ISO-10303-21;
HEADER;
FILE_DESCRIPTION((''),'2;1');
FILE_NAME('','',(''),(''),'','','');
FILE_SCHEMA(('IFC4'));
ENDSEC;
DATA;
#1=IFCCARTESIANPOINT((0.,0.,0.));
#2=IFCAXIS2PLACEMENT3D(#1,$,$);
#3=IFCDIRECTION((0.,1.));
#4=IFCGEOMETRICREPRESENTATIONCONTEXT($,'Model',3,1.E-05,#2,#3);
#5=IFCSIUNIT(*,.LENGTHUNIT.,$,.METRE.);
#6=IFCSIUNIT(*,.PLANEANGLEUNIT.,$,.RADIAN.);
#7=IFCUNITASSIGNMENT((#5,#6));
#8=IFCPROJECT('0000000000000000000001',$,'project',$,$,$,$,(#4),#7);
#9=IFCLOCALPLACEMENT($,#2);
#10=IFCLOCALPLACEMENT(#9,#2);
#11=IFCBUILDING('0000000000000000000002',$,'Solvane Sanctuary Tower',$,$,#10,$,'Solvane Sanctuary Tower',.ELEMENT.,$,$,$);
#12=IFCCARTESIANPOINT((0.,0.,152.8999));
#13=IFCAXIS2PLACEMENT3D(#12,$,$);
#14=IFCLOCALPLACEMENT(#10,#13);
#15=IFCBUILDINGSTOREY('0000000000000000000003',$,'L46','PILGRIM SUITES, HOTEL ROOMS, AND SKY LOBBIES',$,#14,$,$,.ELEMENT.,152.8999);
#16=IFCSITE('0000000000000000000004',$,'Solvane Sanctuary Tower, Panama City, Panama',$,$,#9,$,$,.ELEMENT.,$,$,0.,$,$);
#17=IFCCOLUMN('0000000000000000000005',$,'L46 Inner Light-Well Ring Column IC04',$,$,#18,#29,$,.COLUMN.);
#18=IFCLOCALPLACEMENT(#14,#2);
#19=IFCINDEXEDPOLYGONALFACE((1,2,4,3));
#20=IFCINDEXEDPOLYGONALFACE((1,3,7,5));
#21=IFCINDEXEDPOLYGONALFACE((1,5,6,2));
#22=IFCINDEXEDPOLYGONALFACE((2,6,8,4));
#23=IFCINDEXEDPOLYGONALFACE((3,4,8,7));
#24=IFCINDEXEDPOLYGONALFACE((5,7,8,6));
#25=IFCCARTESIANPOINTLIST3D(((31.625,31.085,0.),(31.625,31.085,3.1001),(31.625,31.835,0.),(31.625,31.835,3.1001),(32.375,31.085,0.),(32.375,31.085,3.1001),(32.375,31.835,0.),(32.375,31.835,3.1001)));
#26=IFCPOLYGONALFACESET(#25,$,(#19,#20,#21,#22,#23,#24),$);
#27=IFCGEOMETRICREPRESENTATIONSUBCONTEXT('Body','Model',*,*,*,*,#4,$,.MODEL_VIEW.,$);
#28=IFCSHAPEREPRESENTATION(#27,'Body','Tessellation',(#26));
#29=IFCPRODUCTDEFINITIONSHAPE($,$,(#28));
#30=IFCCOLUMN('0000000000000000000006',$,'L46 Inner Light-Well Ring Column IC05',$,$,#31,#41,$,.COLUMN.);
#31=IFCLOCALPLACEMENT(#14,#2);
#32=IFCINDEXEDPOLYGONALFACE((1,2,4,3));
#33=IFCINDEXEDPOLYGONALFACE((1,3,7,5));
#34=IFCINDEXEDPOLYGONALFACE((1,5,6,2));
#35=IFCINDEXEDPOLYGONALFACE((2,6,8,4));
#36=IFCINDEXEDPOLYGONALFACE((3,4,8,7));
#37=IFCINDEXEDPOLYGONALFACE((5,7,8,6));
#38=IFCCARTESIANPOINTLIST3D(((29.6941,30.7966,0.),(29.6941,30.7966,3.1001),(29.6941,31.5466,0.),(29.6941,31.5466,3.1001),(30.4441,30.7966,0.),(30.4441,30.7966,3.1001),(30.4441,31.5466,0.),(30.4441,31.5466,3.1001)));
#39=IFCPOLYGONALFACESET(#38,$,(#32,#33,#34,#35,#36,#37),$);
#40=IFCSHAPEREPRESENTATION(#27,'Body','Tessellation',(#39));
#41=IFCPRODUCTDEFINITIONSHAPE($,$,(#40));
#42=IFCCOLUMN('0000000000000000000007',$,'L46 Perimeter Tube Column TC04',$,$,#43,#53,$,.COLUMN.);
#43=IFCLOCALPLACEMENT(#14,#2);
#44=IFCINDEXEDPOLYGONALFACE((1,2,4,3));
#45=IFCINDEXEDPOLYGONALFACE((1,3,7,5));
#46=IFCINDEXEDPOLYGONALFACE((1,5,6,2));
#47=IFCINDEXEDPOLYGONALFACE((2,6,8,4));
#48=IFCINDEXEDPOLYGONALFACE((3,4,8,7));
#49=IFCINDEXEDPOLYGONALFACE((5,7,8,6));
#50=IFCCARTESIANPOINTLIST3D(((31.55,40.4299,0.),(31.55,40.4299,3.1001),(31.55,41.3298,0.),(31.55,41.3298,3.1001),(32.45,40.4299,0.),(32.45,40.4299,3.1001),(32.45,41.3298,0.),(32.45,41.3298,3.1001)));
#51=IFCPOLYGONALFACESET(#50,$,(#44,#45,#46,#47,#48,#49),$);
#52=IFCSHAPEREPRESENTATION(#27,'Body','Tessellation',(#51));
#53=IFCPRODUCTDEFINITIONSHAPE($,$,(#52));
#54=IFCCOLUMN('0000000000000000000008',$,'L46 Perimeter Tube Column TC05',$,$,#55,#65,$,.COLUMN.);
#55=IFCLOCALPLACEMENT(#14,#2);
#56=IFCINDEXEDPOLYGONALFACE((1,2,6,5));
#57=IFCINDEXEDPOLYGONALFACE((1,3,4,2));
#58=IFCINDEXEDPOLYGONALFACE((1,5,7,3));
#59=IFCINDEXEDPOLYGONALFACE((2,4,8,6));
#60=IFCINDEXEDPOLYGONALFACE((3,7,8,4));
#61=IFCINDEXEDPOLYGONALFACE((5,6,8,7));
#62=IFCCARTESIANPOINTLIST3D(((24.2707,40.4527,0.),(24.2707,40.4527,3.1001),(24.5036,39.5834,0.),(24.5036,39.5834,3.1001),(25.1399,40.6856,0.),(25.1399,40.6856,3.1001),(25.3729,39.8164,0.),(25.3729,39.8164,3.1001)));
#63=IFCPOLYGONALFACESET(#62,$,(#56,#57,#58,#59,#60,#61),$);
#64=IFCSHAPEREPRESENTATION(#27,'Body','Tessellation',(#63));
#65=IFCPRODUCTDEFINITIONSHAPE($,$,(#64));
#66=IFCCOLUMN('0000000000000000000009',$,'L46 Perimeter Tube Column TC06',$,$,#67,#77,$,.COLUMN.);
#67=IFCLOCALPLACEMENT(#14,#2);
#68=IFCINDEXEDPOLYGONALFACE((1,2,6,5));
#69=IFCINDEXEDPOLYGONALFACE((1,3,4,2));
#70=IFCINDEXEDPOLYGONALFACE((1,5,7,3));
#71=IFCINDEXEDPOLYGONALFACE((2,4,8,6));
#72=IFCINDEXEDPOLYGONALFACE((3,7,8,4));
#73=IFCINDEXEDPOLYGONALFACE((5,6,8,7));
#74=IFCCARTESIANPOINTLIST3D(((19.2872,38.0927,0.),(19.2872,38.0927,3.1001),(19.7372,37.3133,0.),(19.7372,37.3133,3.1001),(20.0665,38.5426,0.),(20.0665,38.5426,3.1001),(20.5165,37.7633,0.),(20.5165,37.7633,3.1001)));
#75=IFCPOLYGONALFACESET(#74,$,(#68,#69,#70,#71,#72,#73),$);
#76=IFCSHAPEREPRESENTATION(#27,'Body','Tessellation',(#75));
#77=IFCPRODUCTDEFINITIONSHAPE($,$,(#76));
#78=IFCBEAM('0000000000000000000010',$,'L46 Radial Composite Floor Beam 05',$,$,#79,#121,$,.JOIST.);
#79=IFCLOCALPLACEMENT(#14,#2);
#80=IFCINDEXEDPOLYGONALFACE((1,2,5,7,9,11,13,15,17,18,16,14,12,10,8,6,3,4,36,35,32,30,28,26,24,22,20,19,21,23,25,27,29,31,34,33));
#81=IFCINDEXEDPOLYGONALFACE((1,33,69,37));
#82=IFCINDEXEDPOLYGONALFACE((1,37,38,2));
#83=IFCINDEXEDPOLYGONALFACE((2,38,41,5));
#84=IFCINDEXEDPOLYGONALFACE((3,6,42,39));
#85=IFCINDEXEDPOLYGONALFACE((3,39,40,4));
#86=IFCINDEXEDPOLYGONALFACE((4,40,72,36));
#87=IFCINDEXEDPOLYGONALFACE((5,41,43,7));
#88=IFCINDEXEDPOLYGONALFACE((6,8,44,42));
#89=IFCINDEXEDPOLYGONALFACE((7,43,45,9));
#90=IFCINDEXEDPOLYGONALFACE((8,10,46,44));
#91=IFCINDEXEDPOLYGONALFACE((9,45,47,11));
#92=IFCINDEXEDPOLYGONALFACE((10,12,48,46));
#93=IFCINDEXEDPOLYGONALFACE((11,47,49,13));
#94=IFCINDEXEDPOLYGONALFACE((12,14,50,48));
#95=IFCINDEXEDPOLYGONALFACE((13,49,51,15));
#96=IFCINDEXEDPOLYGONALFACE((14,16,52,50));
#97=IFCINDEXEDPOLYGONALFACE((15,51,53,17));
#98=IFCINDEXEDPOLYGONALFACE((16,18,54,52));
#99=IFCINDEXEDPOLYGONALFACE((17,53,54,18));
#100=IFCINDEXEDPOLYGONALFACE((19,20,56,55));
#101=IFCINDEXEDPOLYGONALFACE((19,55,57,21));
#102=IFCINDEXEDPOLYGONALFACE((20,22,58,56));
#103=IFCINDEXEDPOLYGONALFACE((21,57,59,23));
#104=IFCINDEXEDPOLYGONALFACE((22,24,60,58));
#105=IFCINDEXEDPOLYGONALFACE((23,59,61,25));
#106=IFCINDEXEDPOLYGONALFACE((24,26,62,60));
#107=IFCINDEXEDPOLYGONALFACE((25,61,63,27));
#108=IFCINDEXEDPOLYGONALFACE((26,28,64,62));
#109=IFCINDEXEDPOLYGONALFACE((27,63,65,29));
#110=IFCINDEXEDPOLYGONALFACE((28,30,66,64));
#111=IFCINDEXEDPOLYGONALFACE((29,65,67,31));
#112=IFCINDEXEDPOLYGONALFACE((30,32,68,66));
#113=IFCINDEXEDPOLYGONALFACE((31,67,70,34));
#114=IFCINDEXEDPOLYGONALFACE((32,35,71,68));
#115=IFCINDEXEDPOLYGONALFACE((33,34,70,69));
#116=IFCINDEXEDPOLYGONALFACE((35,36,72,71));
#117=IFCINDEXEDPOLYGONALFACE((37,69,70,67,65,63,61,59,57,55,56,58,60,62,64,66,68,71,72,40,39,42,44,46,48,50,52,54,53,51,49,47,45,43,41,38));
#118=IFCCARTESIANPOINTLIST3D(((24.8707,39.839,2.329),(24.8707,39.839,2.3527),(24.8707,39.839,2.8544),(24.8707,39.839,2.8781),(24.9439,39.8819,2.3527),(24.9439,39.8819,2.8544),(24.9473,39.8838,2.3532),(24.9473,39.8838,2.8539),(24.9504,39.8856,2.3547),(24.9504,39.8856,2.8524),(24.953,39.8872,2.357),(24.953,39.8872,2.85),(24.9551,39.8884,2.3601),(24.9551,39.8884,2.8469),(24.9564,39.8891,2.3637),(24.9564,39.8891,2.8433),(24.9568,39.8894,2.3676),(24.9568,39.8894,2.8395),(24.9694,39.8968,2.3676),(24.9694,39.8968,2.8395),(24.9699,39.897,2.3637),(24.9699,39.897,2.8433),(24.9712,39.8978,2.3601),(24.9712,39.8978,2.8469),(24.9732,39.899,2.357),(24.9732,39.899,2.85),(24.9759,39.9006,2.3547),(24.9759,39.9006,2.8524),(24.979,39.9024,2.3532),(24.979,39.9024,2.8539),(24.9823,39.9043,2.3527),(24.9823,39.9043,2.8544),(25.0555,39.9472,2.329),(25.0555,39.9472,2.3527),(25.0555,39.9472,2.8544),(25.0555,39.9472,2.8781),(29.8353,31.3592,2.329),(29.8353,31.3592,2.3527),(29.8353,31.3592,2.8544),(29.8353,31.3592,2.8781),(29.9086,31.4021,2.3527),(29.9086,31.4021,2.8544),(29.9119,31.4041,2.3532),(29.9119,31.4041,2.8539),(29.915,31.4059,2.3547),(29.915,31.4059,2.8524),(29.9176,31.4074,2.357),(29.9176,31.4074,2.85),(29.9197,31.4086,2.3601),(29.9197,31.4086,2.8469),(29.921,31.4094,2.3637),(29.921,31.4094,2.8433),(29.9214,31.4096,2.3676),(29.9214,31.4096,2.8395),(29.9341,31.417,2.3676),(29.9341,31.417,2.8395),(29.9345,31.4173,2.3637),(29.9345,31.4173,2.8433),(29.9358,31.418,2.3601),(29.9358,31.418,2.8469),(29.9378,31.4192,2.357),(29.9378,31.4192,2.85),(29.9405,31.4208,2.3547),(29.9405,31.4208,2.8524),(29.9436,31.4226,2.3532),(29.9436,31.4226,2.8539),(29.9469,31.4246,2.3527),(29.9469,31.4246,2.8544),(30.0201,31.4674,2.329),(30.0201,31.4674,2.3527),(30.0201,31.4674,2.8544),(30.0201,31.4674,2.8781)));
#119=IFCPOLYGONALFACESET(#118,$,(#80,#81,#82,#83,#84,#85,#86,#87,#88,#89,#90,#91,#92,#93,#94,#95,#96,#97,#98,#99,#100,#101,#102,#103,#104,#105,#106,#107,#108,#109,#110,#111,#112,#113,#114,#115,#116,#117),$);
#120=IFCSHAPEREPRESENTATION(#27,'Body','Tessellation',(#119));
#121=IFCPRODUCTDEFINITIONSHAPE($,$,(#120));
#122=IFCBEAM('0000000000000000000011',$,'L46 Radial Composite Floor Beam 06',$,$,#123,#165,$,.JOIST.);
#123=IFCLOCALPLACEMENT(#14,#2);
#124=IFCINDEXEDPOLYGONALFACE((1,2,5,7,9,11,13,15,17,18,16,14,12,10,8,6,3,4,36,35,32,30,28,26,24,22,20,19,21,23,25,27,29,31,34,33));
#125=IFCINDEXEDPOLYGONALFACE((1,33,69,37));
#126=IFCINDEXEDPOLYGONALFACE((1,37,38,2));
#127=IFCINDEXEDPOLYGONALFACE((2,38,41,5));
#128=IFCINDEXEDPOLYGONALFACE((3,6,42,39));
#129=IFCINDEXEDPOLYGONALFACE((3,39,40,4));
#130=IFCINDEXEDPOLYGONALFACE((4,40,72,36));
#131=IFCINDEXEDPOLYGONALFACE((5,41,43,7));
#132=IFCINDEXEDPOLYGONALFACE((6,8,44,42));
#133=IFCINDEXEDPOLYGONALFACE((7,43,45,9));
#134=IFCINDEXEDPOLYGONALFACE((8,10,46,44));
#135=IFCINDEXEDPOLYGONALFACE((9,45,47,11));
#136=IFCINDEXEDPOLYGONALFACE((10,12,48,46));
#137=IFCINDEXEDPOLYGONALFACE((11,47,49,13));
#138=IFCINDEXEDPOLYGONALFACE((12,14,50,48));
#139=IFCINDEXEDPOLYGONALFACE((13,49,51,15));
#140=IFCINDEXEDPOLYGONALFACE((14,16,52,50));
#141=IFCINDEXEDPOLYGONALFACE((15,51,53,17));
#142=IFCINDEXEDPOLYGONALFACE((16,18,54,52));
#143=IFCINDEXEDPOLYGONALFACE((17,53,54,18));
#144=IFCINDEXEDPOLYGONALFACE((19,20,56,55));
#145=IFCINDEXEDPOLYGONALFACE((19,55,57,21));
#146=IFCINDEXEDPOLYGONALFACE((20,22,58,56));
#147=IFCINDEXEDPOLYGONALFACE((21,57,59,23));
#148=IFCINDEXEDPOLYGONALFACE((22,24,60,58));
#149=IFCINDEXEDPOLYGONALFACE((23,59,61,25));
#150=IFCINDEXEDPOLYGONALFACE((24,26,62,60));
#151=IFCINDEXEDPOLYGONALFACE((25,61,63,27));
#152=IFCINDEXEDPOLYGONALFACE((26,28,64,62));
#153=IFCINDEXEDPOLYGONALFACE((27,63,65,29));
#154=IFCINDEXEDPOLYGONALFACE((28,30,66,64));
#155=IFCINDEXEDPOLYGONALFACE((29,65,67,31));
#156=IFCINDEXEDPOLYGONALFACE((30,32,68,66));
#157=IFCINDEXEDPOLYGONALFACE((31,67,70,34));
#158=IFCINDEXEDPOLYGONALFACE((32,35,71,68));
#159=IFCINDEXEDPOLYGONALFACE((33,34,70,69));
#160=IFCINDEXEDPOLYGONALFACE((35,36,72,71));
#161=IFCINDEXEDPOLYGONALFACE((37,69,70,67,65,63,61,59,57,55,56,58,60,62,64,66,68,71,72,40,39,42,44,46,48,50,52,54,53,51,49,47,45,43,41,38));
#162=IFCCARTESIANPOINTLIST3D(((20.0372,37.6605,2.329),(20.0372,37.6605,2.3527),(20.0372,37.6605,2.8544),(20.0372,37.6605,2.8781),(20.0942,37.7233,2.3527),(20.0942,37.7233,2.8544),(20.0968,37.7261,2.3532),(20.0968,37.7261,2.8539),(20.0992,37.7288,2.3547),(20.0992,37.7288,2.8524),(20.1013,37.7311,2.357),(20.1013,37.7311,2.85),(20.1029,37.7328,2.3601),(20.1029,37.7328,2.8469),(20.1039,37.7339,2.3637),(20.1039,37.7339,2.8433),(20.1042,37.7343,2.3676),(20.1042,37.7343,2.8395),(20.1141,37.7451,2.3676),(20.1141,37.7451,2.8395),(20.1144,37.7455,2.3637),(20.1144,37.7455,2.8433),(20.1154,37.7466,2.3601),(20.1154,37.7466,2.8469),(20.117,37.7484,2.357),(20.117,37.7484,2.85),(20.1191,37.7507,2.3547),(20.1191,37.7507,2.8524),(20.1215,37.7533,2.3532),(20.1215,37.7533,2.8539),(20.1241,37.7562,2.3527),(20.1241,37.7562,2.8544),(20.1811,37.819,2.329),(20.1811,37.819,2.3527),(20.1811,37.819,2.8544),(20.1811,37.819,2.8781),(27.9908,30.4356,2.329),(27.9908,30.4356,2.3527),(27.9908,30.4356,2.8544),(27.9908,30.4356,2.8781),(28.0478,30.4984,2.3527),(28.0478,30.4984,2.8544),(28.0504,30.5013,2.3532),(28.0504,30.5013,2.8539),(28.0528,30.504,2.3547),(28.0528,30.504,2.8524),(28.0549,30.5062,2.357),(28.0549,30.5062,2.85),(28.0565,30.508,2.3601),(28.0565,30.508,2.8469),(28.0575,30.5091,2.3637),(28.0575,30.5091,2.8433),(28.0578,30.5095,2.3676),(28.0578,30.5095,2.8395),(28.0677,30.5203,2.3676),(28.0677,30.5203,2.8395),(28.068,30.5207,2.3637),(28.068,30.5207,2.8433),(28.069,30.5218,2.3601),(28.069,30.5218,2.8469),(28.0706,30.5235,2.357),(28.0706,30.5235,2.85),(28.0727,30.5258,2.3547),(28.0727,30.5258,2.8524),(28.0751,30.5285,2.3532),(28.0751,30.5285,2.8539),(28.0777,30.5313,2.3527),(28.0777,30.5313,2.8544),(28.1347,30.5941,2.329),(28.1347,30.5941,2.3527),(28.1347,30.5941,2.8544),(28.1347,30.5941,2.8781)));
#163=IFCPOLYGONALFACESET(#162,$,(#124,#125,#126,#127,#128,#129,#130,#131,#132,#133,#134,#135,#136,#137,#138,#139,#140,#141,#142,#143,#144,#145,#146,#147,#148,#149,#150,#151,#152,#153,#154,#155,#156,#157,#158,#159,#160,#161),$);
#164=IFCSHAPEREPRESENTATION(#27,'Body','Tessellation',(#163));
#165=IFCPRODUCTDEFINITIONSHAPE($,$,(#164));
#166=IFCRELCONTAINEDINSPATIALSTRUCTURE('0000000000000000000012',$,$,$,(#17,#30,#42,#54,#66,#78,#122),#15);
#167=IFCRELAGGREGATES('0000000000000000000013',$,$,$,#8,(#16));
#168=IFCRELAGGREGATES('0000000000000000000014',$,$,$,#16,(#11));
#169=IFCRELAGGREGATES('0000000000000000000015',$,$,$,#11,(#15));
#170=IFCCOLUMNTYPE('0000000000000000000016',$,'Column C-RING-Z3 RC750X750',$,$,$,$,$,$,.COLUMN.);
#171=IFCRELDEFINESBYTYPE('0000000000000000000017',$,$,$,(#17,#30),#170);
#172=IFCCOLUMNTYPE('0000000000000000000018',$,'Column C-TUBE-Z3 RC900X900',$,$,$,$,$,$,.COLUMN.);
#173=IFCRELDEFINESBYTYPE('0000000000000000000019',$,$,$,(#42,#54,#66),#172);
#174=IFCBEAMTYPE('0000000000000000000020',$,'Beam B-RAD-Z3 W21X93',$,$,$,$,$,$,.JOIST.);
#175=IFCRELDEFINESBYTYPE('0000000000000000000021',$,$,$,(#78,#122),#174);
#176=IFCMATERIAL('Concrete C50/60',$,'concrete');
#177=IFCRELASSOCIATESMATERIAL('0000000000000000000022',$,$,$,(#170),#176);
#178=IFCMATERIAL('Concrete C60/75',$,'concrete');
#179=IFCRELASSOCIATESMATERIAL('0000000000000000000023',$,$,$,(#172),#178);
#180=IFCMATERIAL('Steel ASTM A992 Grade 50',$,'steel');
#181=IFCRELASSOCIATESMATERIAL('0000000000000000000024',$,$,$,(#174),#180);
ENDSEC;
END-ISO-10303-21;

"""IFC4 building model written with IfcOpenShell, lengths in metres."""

from ifc_helpers import new_model, si_unit, direction, frame, origin, origin_2d, place, context, subcontext, project, spatial, rectangle, i_section, extrude, material, material_profile, profile_set, type_object, element, save


model = new_model("IFC4")

# Units and contexts
model_context = context("Model", 3, precision=1e-05, world=origin(), true_north=direction((0.0, 1.0)))
body_context = subcontext(model_context, "Body", "Model", "MODEL_VIEW")
ifc_project = project(units=[si_unit("LENGTHUNIT", "METRE"), si_unit("PLANEANGLEUNIT", "RADIAN")], contexts=[model_context])

# Site, building, storey
site_placement = place(None, origin())
site = spatial("IfcSite", under=ifc_project, at=site_placement, Name="Solvane Sanctuary Tower, Panama City, Panama", CompositionType="ELEMENT", RefElevation=0.0)
building_placement = place(site_placement, origin())
building = spatial("IfcBuilding", under=site, at=building_placement, Name="Solvane Sanctuary Tower", LongName="Solvane Sanctuary Tower", CompositionType="ELEMENT")
storey_placement = place(building_placement, frame((0.0, 0.0, 152.8999)))
storey = spatial("IfcBuildingStorey", under=building, at=storey_placement, Name="L46", Description="PILGRIM SUITES, HOTEL ROOMS, AND SKY LOBBIES", CompositionType="ELEMENT", Elevation=152.8999)

# Columns
ifc_material_1 = material(Name="Concrete C50/60", Category="concrete")
ifc_material_profile_1 = material_profile(ifc_material_1, rectangle(XDim=0.75, YDim=0.75, at=origin_2d()), Name="RC750X750")
ifc_profile_set_1 = profile_set([ifc_material_profile_1], Name="Concrete C50/60")
column_type_1 = type_object("IfcColumnType", Name="Column C-RING-Z3 RC750X750", PredefinedType="COLUMN", material=ifc_profile_set_1)
for number, where, z_axis, x_axis, name in (
    (1, (32.0, 31.46, 0.0), (0.0, 0.0, 1.0), (1.0, 0.0, 0.0), "L46 Inner Light-Well Ring Column IC04"),
    (2, (30.0691, 31.1716, 0.0), (0.0, 0.0, 1.0), (1.0, 0.0, 0.0), "L46 Inner Light-Well Ring Column IC05"),
):
    element("IfcColumn", number, at=place(storey_placement, frame(where, z_axis=z_axis, x_axis=x_axis)), inside=storey, type_object=column_type_1, Name=name, PredefinedType="COLUMN", context=body_context, shape_type="SweptSolid", body=[
        extrude(rectangle(XDim=0.75, YDim=0.75, at=origin_2d()), origin(), (0.0, 0.0, 1.0), 3.1001),
    ])
ifc_material_2 = material(Name="Concrete C60/75", Category="concrete")
ifc_material_profile_2 = material_profile(ifc_material_2, rectangle(XDim=0.8999, YDim=0.8999, at=origin_2d()), Name="RC900X900")
ifc_profile_set_2 = profile_set([ifc_material_profile_2], Name="Concrete C60/75")
column_type_2 = type_object("IfcColumnType", Name="Column C-TUBE-Z3 RC900X900", PredefinedType="COLUMN", material=ifc_profile_set_2)
for number, where, z_axis, x_axis, name in (
    (3, (32.0, 40.8799, 0.0), (0.0, 0.0, 1.0), (0.0, 1.0, 0.0), "L46 Perimeter Tube Column TC04"),
    (4, (24.8218, 40.1345, 0.0), (0.0, 0.0, 1.0), (-0.258819, 0.965926, 0.0), "L46 Perimeter Tube Column TC05"),
    (5, (19.9019, 37.928, 0.0), (0.0, 0.0, 1.0), (-0.5, 0.866025, 0.0), "L46 Perimeter Tube Column TC06"),
):
    element("IfcColumn", number, at=place(storey_placement, frame(where, z_axis=z_axis, x_axis=x_axis)), inside=storey, type_object=column_type_2, Name=name, PredefinedType="COLUMN", context=body_context, shape_type="SweptSolid", body=[
        extrude(rectangle(XDim=0.8999, YDim=0.8999, at=origin_2d()), origin(), (0.0, 0.0, 1.0), 3.1001),
    ])

# Beams
ifc_material_3 = material(Name="Steel ASTM A992 Grade 50", Category="steel")
ifc_material_profile_3 = material_profile(ifc_material_3, i_section(OverallWidth=0.2141, OverallDepth=0.5491, WebThickness=0.0146, FlangeThickness=0.0237, FilletRadius=0.0149, at=origin_2d()), Name="W21X93")
ifc_profile_set_3 = profile_set([ifc_material_profile_3], Name="Steel ASTM A992 Grade 50")
beam_type_1 = type_object("IfcBeamType", Name="Beam B-RAD-Z3 W21X93", PredefinedType="JOIST", material=ifc_profile_set_3)
beam_1_placement = place(storey_placement, frame((29.9277, 31.4133, 2.6035), z_axis=(-0.505244, 0.862977, 0.0), x_axis=(-0.862977, -0.505244, 0.0)))
element("IfcBeam", 6, at=beam_1_placement, inside=storey, type_object=beam_type_1, Name="L46 Radial Composite Floor Beam 05", PredefinedType="JOIST", context=body_context, shape_type="SweptSolid", body=[
    extrude(i_section(OverallWidth=0.2141, OverallDepth=0.5491, WebThickness=0.0146, FlangeThickness=0.0237, FilletRadius=0.0149, at=origin_2d()), origin(), (0.0, 0.0, 1.0), 9.8262),
])
beam_2_placement = place(storey_placement, frame((28.0627, 30.5149, 2.6035), z_axis=(-0.740204, 0.672382, 0.0), x_axis=(-0.672382, -0.740204, 0.0)))
element("IfcBeam", 7, at=beam_2_placement, inside=storey, type_object=beam_type_1, Name="L46 Radial Composite Floor Beam 06", PredefinedType="JOIST", context=body_context, shape_type="SweptSolid", body=[
    extrude(i_section(OverallWidth=0.2141, OverallDepth=0.5491, WebThickness=0.0146, FlangeThickness=0.0237, FilletRadius=0.0149, at=origin_2d()), origin(), (0.0, 0.0, 1.0), 10.7451),
])

save(model, "model.ifc")
